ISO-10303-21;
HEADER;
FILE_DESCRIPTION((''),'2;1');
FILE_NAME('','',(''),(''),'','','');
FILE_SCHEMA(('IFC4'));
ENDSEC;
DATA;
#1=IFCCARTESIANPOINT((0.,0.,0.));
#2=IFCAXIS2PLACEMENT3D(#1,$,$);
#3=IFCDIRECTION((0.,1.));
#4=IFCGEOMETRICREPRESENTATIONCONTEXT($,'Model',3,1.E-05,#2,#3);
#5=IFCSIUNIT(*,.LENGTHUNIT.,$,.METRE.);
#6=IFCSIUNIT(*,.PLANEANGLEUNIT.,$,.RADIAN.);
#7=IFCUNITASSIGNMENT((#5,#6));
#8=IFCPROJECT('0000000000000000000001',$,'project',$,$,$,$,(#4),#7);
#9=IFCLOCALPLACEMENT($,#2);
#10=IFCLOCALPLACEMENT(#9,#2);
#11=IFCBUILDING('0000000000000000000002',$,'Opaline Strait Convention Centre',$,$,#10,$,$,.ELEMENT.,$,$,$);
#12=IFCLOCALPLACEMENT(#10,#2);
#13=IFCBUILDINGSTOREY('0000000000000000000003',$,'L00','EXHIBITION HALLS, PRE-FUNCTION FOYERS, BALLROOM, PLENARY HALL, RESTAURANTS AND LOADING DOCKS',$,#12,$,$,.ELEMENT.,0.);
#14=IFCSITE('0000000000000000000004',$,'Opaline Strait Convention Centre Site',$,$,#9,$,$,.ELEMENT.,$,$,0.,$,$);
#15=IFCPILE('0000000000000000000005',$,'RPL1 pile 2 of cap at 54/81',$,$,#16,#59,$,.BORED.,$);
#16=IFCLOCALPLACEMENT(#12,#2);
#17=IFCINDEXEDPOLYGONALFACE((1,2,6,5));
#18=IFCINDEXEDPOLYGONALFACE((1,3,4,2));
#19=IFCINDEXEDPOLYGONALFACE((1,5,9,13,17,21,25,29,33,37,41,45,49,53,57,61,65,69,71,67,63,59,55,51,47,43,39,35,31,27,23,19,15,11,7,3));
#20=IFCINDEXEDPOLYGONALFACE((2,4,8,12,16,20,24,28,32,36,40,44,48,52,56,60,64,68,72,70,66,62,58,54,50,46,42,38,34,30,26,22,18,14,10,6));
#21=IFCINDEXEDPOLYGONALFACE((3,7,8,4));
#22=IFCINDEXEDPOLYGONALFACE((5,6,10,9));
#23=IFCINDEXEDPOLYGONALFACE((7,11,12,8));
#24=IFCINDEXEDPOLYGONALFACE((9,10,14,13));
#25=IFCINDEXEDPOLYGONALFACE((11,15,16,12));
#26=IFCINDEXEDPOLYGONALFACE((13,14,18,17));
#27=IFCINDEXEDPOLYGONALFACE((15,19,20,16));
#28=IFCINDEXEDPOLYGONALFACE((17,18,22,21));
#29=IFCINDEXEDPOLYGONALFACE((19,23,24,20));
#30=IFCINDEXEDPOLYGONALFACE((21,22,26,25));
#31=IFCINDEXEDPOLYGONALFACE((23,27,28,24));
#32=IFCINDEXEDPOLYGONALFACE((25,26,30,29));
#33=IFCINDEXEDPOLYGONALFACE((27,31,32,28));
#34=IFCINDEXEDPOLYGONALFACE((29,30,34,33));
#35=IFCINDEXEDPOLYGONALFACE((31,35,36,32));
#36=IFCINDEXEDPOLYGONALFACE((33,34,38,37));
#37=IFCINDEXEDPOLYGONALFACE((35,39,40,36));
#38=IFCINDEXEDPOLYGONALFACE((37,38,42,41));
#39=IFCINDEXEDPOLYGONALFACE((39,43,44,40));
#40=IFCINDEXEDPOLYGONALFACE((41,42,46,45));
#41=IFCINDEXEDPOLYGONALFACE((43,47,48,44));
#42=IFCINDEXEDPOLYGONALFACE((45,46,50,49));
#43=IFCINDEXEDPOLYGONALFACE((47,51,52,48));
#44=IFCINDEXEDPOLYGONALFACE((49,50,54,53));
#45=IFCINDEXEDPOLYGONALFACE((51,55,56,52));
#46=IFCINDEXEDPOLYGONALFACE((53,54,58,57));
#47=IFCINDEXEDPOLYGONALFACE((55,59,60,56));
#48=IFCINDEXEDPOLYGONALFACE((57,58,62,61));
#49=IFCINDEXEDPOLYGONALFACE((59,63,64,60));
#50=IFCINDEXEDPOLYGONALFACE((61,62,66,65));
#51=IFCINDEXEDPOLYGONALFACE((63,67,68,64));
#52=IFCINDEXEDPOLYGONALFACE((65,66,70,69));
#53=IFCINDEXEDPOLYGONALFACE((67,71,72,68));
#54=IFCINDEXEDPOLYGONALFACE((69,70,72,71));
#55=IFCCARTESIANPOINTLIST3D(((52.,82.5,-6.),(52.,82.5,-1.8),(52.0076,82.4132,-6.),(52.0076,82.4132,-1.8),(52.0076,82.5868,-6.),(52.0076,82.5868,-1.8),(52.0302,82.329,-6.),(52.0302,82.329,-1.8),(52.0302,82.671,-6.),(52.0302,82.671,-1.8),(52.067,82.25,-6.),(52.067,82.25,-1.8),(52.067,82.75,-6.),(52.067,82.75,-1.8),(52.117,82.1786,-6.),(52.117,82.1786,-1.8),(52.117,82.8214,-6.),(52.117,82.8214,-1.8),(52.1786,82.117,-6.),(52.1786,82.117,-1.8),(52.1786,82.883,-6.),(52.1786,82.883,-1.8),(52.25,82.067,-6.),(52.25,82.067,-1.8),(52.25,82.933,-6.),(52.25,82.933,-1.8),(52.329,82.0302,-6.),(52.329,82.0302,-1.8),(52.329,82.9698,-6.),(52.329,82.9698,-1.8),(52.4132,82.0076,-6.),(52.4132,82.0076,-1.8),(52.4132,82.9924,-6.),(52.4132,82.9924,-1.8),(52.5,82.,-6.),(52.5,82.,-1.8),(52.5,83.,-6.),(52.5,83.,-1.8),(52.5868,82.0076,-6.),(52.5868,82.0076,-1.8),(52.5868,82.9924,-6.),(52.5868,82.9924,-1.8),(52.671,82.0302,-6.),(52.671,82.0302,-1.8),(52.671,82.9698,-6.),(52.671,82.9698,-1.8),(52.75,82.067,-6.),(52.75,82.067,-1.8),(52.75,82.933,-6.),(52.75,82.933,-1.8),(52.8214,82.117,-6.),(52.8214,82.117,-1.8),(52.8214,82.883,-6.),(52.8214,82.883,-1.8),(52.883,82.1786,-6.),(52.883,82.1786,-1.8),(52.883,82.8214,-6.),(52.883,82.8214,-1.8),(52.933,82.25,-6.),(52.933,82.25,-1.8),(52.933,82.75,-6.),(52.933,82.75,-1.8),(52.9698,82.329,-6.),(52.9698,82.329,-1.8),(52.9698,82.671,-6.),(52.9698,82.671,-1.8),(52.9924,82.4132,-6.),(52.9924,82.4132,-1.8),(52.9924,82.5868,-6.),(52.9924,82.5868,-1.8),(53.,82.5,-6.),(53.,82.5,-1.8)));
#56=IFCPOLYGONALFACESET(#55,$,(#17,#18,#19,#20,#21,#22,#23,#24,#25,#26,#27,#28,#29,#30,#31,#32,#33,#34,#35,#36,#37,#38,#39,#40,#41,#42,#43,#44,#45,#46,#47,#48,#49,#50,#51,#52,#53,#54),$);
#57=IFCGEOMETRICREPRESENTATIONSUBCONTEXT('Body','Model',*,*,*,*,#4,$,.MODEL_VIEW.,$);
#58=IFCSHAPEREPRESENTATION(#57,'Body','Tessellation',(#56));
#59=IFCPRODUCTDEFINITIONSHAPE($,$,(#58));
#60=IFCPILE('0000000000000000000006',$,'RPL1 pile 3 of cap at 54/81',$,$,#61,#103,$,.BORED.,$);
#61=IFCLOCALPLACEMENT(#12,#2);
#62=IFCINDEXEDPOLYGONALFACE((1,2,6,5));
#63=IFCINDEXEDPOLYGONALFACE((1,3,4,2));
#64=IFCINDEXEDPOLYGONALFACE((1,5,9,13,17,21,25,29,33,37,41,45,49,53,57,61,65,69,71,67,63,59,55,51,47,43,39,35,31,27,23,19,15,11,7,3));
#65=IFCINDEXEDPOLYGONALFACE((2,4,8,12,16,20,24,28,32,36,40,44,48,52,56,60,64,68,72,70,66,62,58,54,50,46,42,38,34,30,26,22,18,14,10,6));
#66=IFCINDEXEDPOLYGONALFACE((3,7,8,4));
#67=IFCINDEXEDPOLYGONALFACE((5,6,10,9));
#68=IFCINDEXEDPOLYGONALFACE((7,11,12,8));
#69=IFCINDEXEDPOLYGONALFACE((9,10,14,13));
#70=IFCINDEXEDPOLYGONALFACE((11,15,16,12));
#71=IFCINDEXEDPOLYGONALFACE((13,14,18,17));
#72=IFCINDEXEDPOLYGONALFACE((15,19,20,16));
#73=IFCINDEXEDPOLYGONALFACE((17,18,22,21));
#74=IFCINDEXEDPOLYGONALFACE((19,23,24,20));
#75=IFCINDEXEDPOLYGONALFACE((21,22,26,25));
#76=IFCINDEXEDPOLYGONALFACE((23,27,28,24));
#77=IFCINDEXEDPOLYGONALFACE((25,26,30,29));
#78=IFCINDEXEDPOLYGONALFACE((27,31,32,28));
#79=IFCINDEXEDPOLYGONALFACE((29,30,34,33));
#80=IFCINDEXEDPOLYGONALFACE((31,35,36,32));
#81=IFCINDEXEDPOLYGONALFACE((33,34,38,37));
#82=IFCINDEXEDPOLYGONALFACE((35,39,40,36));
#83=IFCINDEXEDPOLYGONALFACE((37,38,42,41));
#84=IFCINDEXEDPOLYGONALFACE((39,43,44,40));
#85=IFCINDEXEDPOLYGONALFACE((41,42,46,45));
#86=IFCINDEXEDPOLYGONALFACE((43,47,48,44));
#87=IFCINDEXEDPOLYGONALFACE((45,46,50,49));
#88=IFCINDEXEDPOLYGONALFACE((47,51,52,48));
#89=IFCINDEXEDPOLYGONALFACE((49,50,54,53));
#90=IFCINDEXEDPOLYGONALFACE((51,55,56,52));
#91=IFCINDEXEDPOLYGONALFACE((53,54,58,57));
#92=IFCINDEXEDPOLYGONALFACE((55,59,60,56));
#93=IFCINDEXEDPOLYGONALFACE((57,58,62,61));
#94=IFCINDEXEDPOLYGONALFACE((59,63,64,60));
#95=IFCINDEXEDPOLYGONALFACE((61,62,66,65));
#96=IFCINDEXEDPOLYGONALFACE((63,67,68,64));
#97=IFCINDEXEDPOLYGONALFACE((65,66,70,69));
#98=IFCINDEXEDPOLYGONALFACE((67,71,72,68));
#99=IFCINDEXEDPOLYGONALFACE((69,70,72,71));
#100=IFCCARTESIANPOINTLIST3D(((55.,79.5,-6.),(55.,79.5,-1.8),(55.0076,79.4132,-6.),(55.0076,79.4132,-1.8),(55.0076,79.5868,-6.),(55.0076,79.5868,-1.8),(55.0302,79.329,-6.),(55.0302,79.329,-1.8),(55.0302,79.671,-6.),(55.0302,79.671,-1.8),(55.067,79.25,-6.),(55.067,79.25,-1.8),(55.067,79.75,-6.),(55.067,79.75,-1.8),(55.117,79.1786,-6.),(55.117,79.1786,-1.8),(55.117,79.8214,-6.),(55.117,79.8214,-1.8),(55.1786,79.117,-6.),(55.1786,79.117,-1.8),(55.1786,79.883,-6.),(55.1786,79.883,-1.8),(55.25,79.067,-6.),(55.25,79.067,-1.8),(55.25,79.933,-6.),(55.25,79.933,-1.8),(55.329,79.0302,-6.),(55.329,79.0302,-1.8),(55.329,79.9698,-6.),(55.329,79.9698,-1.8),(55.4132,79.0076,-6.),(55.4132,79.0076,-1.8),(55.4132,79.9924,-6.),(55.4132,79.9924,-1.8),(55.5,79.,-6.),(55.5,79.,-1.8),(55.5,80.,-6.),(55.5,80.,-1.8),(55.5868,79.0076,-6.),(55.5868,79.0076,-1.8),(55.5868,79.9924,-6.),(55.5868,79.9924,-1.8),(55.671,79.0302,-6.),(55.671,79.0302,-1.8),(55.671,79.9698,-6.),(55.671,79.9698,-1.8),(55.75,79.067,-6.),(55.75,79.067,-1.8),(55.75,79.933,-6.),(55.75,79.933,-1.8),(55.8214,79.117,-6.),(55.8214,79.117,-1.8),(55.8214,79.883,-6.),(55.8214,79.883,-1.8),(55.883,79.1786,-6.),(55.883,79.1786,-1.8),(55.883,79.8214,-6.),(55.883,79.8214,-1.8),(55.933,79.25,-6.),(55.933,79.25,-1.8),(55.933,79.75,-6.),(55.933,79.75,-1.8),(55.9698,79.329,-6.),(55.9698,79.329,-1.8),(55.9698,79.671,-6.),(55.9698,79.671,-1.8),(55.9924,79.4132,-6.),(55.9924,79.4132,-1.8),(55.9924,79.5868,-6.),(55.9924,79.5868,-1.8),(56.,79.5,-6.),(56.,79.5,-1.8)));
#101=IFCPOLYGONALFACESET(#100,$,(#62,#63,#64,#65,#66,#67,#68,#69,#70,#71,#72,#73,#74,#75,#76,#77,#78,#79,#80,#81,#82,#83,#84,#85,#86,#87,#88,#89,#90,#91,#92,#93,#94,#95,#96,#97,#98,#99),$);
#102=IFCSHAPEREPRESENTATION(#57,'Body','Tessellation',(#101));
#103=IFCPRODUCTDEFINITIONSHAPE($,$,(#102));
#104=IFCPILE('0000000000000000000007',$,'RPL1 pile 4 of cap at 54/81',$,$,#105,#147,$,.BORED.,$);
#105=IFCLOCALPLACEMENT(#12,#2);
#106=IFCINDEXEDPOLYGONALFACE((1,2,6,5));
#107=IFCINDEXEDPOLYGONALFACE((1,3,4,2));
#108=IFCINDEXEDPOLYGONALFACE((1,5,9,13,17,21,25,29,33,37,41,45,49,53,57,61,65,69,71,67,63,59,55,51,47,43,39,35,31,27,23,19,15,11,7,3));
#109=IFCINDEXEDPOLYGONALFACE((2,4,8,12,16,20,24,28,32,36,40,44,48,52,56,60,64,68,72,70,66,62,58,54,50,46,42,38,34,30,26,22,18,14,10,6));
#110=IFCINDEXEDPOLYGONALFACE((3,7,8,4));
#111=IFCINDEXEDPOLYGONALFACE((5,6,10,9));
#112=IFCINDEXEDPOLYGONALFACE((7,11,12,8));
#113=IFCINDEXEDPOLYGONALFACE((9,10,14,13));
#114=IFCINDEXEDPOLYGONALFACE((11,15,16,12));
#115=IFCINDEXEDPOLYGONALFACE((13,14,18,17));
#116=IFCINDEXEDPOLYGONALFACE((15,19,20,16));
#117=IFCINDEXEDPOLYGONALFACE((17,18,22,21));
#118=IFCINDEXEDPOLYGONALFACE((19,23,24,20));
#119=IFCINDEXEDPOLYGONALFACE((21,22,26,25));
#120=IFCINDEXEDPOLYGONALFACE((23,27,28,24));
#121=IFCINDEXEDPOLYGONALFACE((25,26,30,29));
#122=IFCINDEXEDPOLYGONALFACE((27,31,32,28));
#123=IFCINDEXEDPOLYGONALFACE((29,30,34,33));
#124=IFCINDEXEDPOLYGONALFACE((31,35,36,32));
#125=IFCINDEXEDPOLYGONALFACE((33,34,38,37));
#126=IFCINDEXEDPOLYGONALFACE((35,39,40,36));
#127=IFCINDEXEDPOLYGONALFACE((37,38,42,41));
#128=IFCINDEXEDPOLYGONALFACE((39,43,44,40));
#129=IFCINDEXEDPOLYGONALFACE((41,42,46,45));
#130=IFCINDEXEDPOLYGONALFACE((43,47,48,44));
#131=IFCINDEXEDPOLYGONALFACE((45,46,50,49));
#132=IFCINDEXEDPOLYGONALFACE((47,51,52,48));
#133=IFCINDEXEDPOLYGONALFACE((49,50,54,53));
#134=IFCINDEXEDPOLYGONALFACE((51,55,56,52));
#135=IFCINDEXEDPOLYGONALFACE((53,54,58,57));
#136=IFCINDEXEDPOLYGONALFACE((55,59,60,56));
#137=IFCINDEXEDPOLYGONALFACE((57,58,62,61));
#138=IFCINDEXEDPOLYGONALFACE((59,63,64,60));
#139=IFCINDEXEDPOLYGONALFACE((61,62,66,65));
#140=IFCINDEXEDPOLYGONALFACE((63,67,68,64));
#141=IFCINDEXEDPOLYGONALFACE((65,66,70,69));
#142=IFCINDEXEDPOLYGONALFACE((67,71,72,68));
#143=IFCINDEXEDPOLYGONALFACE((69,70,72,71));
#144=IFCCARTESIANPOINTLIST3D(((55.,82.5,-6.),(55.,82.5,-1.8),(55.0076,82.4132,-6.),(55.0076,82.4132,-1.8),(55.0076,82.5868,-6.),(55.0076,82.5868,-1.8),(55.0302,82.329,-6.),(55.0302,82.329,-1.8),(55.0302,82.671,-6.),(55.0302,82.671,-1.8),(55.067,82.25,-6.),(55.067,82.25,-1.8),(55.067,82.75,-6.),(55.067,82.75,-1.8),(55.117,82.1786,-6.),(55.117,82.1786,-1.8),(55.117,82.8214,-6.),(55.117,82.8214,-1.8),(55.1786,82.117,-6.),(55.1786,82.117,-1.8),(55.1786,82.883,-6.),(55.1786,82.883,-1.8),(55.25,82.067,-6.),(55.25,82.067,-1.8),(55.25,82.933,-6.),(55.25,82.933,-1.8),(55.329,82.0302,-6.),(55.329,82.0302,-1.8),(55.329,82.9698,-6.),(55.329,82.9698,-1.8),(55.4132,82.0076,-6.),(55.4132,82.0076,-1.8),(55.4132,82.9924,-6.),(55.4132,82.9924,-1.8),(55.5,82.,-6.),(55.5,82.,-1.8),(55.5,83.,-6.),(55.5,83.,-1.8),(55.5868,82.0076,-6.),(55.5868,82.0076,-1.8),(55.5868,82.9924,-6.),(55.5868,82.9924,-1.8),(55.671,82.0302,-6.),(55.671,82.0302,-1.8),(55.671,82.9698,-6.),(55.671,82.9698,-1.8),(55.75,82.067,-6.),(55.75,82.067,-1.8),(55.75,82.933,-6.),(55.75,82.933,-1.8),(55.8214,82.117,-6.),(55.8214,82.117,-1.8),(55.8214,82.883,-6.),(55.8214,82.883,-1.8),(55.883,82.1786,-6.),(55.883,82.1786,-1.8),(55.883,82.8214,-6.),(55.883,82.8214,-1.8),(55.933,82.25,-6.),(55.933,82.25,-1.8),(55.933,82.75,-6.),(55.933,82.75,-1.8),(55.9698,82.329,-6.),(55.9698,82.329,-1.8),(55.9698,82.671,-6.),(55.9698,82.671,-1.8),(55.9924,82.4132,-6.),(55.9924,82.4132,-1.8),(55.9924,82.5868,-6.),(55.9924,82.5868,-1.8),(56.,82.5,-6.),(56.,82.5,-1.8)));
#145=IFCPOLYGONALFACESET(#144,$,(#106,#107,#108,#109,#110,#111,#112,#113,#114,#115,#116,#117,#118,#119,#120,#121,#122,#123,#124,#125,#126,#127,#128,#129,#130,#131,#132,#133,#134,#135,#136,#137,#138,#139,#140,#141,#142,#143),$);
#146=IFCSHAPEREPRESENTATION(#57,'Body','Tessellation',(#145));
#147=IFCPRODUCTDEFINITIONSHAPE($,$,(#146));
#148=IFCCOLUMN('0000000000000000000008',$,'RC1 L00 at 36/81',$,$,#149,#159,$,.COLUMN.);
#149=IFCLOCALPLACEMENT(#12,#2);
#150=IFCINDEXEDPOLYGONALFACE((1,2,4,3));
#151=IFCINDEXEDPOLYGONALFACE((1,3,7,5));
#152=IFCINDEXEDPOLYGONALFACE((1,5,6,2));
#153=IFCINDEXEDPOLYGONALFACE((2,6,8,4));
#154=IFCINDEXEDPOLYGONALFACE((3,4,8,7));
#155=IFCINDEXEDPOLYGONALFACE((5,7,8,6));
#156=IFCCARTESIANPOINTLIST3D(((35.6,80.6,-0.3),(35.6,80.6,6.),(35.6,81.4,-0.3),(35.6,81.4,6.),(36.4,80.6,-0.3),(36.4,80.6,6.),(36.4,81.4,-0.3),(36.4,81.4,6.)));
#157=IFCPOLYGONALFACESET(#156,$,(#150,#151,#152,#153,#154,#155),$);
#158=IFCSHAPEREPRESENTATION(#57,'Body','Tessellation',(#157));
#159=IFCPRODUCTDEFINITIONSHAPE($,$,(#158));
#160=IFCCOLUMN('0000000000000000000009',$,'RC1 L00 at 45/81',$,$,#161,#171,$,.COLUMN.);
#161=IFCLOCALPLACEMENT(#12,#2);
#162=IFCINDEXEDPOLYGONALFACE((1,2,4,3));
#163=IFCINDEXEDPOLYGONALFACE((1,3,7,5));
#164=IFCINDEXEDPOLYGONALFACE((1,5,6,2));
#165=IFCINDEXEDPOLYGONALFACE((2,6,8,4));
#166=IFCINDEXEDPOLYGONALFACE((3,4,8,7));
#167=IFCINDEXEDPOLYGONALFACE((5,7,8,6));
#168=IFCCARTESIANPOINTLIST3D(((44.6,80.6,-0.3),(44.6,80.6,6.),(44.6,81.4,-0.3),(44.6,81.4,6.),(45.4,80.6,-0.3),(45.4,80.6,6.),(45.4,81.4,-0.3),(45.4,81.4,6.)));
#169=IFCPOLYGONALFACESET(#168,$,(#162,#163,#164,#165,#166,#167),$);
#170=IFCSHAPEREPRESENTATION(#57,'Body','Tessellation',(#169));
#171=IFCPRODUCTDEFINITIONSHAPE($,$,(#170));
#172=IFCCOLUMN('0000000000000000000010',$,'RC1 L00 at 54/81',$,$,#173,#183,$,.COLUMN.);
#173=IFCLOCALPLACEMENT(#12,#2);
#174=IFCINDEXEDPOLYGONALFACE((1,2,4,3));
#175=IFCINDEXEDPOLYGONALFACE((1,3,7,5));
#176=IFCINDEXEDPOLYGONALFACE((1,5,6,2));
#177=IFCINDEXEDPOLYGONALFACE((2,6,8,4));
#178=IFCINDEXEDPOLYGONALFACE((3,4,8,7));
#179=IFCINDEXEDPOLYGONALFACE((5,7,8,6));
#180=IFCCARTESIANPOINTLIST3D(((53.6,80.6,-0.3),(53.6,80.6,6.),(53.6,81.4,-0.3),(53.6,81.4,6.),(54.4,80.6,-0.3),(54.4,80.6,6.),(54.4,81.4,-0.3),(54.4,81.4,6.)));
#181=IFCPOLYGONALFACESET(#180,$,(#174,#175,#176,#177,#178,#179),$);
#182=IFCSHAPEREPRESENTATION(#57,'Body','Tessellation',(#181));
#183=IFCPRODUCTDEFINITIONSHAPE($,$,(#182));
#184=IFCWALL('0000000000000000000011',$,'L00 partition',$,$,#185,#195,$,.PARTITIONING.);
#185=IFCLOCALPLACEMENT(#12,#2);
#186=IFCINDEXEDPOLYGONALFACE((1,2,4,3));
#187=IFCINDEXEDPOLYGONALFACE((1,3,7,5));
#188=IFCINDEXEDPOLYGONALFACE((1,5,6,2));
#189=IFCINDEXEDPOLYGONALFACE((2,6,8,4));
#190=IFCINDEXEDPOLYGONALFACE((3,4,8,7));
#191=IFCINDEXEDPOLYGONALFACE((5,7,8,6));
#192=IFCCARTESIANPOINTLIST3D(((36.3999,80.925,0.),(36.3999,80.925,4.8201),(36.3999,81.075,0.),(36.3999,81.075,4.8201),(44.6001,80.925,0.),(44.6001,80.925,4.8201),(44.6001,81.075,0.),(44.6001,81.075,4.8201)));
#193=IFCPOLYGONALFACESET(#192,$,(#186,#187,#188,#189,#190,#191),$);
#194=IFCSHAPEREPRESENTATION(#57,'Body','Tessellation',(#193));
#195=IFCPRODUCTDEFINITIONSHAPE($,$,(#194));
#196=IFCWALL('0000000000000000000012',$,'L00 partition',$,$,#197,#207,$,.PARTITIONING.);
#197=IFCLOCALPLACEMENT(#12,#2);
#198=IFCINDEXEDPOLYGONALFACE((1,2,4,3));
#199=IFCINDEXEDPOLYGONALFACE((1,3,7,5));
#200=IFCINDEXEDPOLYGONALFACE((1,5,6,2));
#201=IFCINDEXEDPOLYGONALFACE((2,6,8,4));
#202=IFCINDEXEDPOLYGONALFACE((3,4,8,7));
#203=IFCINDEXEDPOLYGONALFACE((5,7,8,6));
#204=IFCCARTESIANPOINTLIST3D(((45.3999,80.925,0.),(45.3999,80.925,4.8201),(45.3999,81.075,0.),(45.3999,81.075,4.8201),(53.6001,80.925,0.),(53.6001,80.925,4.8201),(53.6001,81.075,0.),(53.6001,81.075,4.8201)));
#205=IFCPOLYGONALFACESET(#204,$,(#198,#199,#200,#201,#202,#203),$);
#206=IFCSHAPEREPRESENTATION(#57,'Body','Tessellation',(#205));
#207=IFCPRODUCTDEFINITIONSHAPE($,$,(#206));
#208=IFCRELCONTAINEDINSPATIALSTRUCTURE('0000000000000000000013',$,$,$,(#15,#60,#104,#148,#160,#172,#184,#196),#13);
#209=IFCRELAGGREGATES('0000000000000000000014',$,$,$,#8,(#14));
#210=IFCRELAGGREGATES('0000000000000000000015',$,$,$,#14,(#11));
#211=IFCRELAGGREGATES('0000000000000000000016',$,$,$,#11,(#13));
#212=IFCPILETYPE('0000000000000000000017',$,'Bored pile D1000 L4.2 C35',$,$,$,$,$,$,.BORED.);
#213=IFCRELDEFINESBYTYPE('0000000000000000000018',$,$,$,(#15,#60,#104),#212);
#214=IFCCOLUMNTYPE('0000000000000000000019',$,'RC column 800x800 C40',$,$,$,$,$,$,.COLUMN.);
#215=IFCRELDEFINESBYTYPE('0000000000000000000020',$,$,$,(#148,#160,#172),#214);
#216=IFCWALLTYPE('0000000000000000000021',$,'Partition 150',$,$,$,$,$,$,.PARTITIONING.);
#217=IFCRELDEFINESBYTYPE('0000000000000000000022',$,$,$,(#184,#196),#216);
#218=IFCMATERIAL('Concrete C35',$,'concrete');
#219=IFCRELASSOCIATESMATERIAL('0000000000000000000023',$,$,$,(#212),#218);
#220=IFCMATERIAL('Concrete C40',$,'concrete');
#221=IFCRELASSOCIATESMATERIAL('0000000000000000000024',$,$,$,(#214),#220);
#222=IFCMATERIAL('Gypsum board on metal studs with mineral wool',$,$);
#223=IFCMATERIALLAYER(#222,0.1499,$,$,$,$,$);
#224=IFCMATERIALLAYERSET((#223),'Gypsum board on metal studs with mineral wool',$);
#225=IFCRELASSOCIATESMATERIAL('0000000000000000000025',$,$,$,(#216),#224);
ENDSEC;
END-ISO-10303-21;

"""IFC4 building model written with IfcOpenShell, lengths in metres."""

from ifc_helpers import new_model, si_unit, direction, frame, frame_2d, origin, origin_2d, place, context, subcontext, project, spatial, rectangle, circle, extrude, material, layer, layer_set, material_profile, profile_set, type_object, element, save


model = new_model("IFC4")

# Units and contexts
model_context = context("Model", 3, precision=1e-05, world=origin(), true_north=direction((0.0, 1.0)))
body_context = subcontext(model_context, "Body", "Model", "MODEL_VIEW")
ifc_project = project(units=[si_unit("LENGTHUNIT", "METRE"), si_unit("PLANEANGLEUNIT", "RADIAN")], contexts=[model_context])

# Site, building, storey
site_placement = place(None, origin())
site = spatial("IfcSite", under=ifc_project, at=site_placement, Name="Opaline Strait Convention Centre Site", CompositionType="ELEMENT", RefElevation=0.0)
building_placement = place(site_placement, origin())
building = spatial("IfcBuilding", under=site, at=building_placement, Name="Opaline Strait Convention Centre", CompositionType="ELEMENT")
storey_placement = place(building_placement, origin())
storey = spatial("IfcBuildingStorey", under=building, at=storey_placement, Name="L00", Description="EXHIBITION HALLS, PRE-FUNCTION FOYERS, BALLROOM, PLENARY HALL, RESTAURANTS AND LOADING DOCKS", CompositionType="ELEMENT", Elevation=0.0)

# Piles
ifc_material_1 = material(Name="Concrete C35", Category="concrete")
ifc_material_profile_1 = material_profile(ifc_material_1, circle(Radius=0.5, at=origin_2d()), Name="D1000")
ifc_profile_set_1 = profile_set([ifc_material_profile_1], Name="Concrete C35")
pile_type = type_object("IfcPileType", Name="Bored pile D1000 L4.2 C35", PredefinedType="BORED", material=ifc_profile_set_1)
for number, where, z_axis, x_axis, name in (
    (1, (52.5, 82.5, -1.8), (0.0, 0.0, -1.0), (1.0, 0.0, 0.0), "RPL1 pile 2 of cap at 54/81"),
    (2, (55.5, 79.5, -1.8), (0.0, 0.0, -1.0), (1.0, 0.0, 0.0), "RPL1 pile 3 of cap at 54/81"),
    (3, (55.5, 82.5, -1.8), (0.0, 0.0, -1.0), (1.0, 0.0, 0.0), "RPL1 pile 4 of cap at 54/81"),
):
    element("IfcPile", number, at=place(storey_placement, frame(where, z_axis=z_axis, x_axis=x_axis)), inside=storey, type_object=pile_type, Name=name, PredefinedType="BORED", context=body_context, shape_type="SweptSolid", body=[
        extrude(circle(Radius=0.5, at=origin_2d()), origin(), (0.0, 0.0, 1.0), 4.2),
    ])

# Columns
ifc_material_2 = material(Name="Concrete C40", Category="concrete")
ifc_material_profile_2 = material_profile(ifc_material_2, rectangle(XDim=0.8, YDim=0.8, at=origin_2d()), Name="RC 800x800")
ifc_profile_set_2 = profile_set([ifc_material_profile_2], Name="Concrete C40")
column_type = type_object("IfcColumnType", Name="RC column 800x800 C40", PredefinedType="COLUMN", material=ifc_profile_set_2)
for number, where, z_axis, x_axis, name in (
    (4, (36.0, 81.0, -0.3), (0.0, 0.0, 1.0), (1.0, 0.0, 0.0), "RC1 L00 at 36/81"),
    (5, (45.0, 81.0, -0.3), (0.0, 0.0, 1.0), (1.0, 0.0, 0.0), "RC1 L00 at 45/81"),
    (6, (54.0, 81.0, -0.3), (0.0, 0.0, 1.0), (1.0, 0.0, 0.0), "RC1 L00 at 54/81"),
):
    element("IfcColumn", number, at=place(storey_placement, frame(where, z_axis=z_axis, x_axis=x_axis)), inside=storey, type_object=column_type, Name=name, PredefinedType="COLUMN", context=body_context, shape_type="SweptSolid", body=[
        extrude(rectangle(XDim=0.8, YDim=0.8, at=origin_2d()), origin(), (0.0, 0.0, 1.0), 6.3),
    ])

# Walls
ifc_material_3 = material(Name="Gypsum board on metal studs with mineral wool")
ifc_layer = layer(ifc_material_3, 0.1499)
ifc_layer_set = layer_set([ifc_layer], Name="Gypsum board on metal studs with mineral wool")
wall_type = type_object("IfcWallType", Name="Partition 150", PredefinedType="PARTITIONING", material=ifc_layer_set)
for number, where, z_axis, x_axis, name in (
    (7, (36.3999, 81.0, 0.0), (0.0, 0.0, 1.0), (1.0, 0.0, 0.0), "L00 partition"),
    (8, (45.3999, 81.0, 0.0), (0.0, 0.0, 1.0), (1.0, 0.0, 0.0), "L00 partition"),
):
    element("IfcWall", number, at=place(storey_placement, frame(where, z_axis=z_axis, x_axis=x_axis)), inside=storey, type_object=wall_type, Name=name, PredefinedType="PARTITIONING", context=body_context, shape_type="SweptSolid", body=[
        extrude(rectangle(XDim=8.2002, YDim=0.1499, at=frame_2d((4.1001, 0.0))), origin(), (0.0, 0.0, 1.0), 4.8201),
    ])

save(model, "model.ifc")
